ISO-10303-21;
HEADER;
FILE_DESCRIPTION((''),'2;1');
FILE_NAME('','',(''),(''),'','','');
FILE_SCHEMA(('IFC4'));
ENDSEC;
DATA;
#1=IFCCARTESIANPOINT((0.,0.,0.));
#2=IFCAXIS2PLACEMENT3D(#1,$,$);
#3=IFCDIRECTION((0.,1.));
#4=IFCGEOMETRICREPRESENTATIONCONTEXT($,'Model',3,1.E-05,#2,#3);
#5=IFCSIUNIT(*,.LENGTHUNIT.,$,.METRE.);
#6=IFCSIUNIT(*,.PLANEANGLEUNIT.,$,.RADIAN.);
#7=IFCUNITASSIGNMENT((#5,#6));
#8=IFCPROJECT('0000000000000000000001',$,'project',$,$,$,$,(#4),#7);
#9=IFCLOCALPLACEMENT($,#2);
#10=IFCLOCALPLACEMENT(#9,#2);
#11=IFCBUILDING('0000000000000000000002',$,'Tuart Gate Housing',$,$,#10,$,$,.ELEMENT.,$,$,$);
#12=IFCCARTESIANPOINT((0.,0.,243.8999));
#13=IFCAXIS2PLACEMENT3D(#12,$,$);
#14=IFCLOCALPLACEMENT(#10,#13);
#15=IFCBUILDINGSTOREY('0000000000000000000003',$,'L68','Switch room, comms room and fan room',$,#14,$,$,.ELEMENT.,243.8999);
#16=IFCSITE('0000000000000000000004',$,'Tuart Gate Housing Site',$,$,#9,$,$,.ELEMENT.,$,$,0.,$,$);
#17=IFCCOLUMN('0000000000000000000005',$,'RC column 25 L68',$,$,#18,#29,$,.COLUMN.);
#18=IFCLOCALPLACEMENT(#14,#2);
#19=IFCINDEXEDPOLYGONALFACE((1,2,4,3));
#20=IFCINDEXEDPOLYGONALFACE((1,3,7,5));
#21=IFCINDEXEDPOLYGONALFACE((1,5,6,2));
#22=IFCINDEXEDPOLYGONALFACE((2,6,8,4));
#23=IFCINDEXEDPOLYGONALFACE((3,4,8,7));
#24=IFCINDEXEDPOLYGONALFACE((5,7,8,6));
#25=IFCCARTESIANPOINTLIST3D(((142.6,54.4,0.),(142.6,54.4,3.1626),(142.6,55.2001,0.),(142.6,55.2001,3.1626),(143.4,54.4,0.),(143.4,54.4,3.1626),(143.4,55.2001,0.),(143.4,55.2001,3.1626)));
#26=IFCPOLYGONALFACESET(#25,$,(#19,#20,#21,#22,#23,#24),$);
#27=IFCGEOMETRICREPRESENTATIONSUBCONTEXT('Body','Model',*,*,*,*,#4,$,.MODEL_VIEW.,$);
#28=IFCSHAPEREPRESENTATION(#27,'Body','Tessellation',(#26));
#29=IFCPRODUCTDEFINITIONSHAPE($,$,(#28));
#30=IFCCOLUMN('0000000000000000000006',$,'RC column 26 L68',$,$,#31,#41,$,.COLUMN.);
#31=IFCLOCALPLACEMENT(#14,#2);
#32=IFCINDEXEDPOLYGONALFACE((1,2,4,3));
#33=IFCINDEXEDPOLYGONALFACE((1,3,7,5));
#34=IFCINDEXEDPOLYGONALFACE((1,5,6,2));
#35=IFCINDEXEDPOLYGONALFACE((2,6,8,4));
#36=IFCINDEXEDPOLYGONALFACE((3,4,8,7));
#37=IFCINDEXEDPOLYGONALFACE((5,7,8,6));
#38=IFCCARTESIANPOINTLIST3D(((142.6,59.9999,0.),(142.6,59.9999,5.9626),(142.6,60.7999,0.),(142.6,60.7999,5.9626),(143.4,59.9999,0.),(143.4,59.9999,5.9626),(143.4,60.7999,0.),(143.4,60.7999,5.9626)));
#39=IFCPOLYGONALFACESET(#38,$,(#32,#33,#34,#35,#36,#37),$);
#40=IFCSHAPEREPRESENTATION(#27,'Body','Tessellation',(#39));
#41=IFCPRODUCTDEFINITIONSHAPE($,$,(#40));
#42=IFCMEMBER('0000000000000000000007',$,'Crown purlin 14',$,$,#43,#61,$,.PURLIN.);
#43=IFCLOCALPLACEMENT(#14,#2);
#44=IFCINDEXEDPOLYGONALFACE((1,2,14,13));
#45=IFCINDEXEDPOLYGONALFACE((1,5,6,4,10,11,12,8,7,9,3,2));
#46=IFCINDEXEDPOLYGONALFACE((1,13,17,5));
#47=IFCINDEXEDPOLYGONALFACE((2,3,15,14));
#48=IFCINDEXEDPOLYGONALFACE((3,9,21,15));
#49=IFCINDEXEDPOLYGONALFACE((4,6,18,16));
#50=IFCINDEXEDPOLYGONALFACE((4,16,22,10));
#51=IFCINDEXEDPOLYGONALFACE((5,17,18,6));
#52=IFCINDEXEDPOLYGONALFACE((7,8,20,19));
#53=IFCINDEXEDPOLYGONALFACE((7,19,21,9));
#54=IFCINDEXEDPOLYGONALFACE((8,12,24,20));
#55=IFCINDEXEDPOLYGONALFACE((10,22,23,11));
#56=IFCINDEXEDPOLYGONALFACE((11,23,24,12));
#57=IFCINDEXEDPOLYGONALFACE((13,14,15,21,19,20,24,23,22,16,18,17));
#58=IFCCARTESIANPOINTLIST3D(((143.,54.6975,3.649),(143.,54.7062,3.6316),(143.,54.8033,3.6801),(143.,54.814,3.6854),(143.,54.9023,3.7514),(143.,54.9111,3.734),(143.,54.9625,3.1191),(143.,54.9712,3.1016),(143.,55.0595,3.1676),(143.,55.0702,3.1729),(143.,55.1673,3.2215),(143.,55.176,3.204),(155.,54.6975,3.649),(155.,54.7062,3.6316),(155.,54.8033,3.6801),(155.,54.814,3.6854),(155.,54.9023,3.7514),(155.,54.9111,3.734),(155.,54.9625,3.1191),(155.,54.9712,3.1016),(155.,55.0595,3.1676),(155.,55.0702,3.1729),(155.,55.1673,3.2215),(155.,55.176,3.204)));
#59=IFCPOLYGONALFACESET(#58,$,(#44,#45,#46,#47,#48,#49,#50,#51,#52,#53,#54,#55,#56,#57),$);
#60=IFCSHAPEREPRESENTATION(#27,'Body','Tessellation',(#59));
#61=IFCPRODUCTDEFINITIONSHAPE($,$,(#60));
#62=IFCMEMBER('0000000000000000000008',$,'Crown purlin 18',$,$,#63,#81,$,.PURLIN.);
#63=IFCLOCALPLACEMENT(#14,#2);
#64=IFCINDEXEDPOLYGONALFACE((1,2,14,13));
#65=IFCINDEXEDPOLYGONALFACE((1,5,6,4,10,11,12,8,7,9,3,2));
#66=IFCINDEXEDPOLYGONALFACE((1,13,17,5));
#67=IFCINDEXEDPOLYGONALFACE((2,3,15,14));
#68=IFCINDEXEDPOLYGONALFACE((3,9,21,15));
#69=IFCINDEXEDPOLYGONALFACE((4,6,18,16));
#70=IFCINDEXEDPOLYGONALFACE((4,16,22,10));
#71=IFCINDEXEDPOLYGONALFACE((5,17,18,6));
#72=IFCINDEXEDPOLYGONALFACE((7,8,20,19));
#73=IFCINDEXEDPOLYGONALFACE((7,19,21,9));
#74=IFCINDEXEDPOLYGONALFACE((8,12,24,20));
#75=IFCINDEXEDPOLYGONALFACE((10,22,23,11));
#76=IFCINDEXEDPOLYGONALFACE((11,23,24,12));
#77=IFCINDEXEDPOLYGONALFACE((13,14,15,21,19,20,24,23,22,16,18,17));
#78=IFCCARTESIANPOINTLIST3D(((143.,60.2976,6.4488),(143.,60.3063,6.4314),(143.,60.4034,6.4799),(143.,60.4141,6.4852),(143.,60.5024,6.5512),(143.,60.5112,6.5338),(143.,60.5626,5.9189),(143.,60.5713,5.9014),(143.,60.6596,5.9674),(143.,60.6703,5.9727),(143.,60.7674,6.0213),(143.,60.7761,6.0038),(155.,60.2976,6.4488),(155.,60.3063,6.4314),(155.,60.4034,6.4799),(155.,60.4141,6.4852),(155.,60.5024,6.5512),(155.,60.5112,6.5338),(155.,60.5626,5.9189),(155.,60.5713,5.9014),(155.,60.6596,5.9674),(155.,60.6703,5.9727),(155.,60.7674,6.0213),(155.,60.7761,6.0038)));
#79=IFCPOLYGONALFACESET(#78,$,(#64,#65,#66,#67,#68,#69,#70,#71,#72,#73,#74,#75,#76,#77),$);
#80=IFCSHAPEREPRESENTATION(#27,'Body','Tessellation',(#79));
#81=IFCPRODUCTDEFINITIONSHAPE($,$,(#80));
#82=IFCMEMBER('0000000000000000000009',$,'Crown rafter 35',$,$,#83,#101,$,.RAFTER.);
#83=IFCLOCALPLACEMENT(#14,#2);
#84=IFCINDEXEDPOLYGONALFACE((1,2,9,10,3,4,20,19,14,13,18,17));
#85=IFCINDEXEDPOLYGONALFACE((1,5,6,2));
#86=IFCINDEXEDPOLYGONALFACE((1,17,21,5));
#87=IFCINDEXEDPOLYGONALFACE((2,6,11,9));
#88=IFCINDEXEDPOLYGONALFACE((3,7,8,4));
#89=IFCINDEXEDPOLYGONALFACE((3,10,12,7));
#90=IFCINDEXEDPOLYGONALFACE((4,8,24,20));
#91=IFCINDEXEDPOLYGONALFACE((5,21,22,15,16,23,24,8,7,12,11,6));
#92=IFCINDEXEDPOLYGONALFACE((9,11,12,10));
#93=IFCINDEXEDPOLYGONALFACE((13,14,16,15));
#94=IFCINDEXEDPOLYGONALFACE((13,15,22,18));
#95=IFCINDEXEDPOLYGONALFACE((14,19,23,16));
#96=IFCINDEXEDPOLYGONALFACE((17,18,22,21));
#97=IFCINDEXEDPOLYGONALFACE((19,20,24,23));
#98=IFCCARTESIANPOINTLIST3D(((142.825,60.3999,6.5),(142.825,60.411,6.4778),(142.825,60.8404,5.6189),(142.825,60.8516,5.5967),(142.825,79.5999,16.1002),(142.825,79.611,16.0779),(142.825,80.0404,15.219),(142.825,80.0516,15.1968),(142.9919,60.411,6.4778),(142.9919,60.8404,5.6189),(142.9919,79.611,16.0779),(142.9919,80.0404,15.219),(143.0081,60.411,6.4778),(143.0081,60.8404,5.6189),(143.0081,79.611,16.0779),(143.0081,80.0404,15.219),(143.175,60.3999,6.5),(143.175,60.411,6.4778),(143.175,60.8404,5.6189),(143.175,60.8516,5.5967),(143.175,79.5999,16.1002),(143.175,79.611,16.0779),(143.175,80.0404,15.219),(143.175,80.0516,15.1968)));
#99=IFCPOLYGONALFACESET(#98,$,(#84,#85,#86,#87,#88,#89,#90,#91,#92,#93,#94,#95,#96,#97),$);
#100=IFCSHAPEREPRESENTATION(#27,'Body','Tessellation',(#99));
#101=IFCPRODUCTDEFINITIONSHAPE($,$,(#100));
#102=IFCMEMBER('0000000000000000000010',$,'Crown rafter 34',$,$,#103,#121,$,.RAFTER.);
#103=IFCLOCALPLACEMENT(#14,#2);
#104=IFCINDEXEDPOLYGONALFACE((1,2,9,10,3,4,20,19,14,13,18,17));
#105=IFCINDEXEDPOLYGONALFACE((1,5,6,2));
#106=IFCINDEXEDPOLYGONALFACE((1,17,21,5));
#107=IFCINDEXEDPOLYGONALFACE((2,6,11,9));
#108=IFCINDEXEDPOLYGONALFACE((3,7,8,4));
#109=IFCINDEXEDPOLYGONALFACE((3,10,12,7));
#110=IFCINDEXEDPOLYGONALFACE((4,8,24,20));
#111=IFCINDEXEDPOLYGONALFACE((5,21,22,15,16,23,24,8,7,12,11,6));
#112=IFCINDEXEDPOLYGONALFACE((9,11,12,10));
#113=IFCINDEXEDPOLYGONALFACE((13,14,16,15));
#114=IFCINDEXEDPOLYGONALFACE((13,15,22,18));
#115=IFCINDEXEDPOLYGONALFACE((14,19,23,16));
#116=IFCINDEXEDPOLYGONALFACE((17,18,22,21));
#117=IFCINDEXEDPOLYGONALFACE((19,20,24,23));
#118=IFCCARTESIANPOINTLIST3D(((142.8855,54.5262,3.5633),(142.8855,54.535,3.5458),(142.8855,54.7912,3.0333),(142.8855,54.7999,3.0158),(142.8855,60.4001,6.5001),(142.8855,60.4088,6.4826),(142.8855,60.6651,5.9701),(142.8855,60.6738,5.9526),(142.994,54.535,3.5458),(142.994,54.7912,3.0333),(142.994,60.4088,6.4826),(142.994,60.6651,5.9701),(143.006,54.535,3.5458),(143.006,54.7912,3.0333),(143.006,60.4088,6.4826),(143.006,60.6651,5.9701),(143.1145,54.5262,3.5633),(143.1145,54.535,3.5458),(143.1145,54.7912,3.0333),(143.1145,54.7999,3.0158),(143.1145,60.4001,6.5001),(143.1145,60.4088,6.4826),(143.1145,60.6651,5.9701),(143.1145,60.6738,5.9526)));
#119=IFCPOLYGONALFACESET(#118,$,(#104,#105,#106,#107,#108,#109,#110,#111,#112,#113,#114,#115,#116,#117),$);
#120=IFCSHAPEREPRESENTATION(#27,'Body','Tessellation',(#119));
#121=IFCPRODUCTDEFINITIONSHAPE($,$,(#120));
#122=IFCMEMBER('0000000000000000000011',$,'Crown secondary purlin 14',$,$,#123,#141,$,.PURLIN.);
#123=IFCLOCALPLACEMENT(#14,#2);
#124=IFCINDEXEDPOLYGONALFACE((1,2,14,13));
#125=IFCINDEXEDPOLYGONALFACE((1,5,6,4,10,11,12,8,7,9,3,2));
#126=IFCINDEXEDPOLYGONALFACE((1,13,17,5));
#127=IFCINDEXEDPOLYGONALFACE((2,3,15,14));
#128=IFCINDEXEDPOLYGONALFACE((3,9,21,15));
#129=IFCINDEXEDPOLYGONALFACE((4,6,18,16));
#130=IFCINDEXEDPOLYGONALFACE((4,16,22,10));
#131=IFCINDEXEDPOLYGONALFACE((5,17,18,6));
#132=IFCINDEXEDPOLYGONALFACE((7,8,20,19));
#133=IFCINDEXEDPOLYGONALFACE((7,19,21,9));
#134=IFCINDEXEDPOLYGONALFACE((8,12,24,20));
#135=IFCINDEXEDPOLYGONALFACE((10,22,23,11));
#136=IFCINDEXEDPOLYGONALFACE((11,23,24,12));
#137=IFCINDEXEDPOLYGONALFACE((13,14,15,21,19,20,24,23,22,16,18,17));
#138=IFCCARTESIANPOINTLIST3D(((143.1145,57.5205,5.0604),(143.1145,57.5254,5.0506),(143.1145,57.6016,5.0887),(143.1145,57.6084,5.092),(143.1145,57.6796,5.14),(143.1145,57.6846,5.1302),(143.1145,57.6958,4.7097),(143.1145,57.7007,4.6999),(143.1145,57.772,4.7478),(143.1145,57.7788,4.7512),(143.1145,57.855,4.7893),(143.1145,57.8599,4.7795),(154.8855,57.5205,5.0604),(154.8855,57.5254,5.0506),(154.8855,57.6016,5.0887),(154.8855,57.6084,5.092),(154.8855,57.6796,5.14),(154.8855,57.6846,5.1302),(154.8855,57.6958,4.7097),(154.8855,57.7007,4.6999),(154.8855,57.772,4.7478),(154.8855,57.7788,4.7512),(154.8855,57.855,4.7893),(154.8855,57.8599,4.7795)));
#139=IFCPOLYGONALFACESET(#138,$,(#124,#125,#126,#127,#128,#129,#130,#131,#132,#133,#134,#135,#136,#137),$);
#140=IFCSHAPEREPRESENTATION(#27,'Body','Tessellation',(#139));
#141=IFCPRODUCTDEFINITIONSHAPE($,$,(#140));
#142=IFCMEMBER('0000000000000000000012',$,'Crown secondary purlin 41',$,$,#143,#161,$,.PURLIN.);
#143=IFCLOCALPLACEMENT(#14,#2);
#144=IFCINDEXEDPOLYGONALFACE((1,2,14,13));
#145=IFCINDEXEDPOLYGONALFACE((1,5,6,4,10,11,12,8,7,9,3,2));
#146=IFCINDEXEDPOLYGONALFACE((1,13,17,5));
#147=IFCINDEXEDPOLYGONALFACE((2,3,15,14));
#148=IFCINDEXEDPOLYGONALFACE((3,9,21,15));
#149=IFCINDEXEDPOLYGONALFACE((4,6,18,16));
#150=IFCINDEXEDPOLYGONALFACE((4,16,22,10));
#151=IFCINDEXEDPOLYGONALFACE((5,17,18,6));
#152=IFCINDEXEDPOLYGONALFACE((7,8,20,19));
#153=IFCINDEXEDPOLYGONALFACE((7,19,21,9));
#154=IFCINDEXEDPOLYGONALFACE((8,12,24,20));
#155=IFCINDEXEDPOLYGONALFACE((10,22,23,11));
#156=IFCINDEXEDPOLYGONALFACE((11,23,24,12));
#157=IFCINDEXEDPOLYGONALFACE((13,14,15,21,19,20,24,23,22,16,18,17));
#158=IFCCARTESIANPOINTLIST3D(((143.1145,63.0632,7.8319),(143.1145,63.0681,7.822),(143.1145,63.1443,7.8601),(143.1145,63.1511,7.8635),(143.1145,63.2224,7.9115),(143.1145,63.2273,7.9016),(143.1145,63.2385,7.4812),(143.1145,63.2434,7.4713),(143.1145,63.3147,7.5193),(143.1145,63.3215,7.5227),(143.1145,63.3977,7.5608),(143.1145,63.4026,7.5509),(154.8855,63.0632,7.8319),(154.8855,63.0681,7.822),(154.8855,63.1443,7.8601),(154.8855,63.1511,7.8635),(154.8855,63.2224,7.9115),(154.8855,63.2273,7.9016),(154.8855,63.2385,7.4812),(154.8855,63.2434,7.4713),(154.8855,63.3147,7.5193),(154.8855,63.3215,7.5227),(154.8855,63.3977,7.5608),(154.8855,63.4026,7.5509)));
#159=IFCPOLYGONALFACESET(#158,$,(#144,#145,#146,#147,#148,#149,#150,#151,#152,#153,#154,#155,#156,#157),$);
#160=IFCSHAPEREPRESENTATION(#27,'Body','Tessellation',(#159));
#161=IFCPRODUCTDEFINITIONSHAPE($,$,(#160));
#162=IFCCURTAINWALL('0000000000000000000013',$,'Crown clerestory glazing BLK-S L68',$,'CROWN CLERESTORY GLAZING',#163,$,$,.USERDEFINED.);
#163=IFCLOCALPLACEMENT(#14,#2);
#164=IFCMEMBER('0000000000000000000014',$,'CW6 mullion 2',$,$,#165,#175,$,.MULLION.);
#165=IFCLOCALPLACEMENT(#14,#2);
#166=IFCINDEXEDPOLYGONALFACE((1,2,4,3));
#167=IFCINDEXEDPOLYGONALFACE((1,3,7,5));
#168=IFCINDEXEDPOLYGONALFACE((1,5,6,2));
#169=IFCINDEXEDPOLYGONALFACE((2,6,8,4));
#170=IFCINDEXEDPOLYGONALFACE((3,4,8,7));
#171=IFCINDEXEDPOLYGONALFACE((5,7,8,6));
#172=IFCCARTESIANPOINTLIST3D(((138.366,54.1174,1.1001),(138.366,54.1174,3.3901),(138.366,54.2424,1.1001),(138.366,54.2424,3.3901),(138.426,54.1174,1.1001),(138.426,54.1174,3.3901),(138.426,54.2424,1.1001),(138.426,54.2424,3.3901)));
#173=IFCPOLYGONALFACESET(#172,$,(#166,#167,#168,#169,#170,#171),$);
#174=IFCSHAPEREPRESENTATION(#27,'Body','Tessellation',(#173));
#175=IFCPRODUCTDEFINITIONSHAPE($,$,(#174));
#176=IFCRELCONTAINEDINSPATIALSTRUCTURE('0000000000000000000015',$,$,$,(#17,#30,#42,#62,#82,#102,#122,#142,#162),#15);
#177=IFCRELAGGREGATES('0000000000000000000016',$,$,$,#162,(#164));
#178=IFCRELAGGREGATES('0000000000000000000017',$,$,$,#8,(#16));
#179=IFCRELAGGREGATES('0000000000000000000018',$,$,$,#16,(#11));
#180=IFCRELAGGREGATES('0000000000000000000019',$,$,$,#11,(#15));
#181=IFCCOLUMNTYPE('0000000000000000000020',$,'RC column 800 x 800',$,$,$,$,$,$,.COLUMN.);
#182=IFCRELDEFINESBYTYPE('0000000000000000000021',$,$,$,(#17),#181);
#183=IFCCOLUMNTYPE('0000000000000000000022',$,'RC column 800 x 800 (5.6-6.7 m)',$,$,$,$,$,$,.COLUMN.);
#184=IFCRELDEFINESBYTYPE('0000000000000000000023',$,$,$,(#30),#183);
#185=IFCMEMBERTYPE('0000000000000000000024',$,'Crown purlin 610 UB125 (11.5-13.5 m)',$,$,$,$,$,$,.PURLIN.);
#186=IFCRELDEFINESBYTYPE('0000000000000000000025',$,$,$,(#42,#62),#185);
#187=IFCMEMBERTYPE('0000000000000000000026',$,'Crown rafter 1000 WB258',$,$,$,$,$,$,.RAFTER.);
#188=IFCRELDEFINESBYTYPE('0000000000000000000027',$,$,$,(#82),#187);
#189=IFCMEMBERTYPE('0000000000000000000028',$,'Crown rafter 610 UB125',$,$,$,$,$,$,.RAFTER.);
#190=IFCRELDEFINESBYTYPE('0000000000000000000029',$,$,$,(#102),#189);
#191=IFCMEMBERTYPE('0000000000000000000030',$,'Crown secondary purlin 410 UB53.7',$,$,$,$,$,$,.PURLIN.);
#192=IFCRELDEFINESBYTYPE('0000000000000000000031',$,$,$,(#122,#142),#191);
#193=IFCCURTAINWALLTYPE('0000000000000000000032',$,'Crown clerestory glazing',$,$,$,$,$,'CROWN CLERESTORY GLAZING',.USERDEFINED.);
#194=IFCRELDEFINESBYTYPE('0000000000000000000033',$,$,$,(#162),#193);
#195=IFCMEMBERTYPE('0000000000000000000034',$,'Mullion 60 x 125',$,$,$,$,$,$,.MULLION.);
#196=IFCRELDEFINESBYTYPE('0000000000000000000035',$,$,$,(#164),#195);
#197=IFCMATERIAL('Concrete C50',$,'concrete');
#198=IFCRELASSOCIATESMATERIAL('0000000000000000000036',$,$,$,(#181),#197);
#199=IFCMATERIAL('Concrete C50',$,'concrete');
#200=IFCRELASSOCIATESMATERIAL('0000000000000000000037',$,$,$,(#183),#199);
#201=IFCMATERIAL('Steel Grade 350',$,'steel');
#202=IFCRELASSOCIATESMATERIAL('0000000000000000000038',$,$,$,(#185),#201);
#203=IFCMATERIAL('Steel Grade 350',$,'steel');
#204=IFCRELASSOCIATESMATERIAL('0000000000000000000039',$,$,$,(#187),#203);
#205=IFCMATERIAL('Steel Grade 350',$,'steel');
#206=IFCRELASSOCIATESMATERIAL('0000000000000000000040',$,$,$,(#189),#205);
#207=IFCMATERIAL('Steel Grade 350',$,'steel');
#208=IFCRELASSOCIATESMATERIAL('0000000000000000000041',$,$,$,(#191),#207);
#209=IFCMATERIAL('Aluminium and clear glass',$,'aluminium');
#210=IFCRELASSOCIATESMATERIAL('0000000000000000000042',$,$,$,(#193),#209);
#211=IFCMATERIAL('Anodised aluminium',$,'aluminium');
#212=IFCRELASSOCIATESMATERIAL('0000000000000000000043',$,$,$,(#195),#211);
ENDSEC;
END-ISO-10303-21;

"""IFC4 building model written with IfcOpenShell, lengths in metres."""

from ifc_helpers import new_model, si_unit, direction, frame, origin, origin_2d, place, context, subcontext, project, spatial, rectangle, i_section, extrude, material, material_profile, profile_set, type_object, element, aggregate, save


model = new_model("IFC4")

# Units and contexts
model_context = context("Model", 3, precision=1e-05, world=origin(), true_north=direction((0.0, 1.0)))
body_context = subcontext(model_context, "Body", "Model", "MODEL_VIEW")
ifc_project = project(units=[si_unit("LENGTHUNIT", "METRE"), si_unit("PLANEANGLEUNIT", "RADIAN")], contexts=[model_context])

# Site, building, storey
site_placement = place(None, origin())
site = spatial("IfcSite", under=ifc_project, at=site_placement, Name="Tuart Gate Housing Site", CompositionType="ELEMENT", RefElevation=0.0)
building_placement = place(site_placement, origin())
building = spatial("IfcBuilding", under=site, at=building_placement, Name="Tuart Gate Housing", CompositionType="ELEMENT")
storey_placement = place(building_placement, frame((0.0, 0.0, 243.8999)))
storey = spatial("IfcBuildingStorey", under=building, at=storey_placement, Name="L68", Description="Switch room, comms room and fan room", CompositionType="ELEMENT", Elevation=243.8999)

# Columns
ifc_material_1 = material(Name="Concrete C50", Category="concrete")
ifc_material_profile_1 = material_profile(ifc_material_1, rectangle(XDim=0.8, YDim=0.8, at=origin_2d()), Name="RC column 800 x 800")
ifc_profile_set_1 = profile_set([ifc_material_profile_1], Name="Concrete C50")
column_type_1 = type_object("IfcColumnType", Name="RC column 800 x 800", PredefinedType="COLUMN", material=ifc_profile_set_1)
column_1_placement = place(storey_placement, frame((143.0, 54.8, 0.0), z_axis=(0.0, 0.0, 1.0), x_axis=(1.0, 0.0, 0.0)))
element("IfcColumn", 1, at=column_1_placement, inside=storey, type_object=column_type_1, Name="RC column 25 L68", PredefinedType="COLUMN", context=body_context, shape_type="SweptSolid", body=[
    extrude(rectangle(XDim=0.8, YDim=0.8, at=origin_2d()), origin(), (0.0, 0.0, 1.0), 3.1626),
])
ifc_material_2 = material(Name="Concrete C50", Category="concrete")
ifc_material_profile_2 = material_profile(ifc_material_2, rectangle(XDim=0.8, YDim=0.8, at=origin_2d()), Name="RC column 800 x 800 (5.6-6.7 m)")
ifc_profile_set_2 = profile_set([ifc_material_profile_2], Name="Concrete C50")
column_type_2 = type_object("IfcColumnType", Name="RC column 800 x 800 (5.6-6.7 m)", PredefinedType="COLUMN", material=ifc_profile_set_2)
column_2_placement = place(storey_placement, frame((143.0, 60.3999, 0.0), z_axis=(0.0, 0.0, 1.0), x_axis=(1.0, 0.0, 0.0)))
element("IfcColumn", 2, at=column_2_placement, inside=storey, type_object=column_type_2, Name="RC column 26 L68", PredefinedType="COLUMN", context=body_context, shape_type="SweptSolid", body=[
    extrude(rectangle(XDim=0.8, YDim=0.8, at=origin_2d()), origin(), (0.0, 0.0, 1.0), 5.9626),
])

# Members
ifc_material_3 = material(Name="Steel Grade 350", Category="steel")
ifc_material_profile_3 = material_profile(ifc_material_3, i_section(OverallWidth=0.229, OverallDepth=0.6121, WebThickness=0.012, FlangeThickness=0.0195, at=origin_2d()), Name="610UB125")
ifc_profile_set_3 = profile_set([ifc_material_profile_3], Name="Steel Grade 350")
member_type_1 = type_object("IfcMemberType", Name="Crown purlin 610 UB125 (11.5-13.5 m)", PredefinedType="PURLIN", material=ifc_profile_set_3)
for number, where, z_axis, x_axis, name in (
    (3, (143.0, 54.9368, 3.4265), (1.0, 0.0, 0.0), (0.0, 0.894427, 0.447214), "Crown purlin 14"),
    (4, (143.0, 60.5369, 6.2263), (1.0, 0.0, 0.0), (0.0, 0.894427, 0.447214), "Crown purlin 18"),
):
    element("IfcMember", number, at=place(storey_placement, frame(where, z_axis=z_axis, x_axis=x_axis)), inside=storey, type_object=member_type_1, Name=name, PredefinedType="PURLIN", context=body_context, shape_type="SweptSolid", body=[
        extrude(i_section(OverallWidth=0.229, OverallDepth=0.6121, WebThickness=0.012, FlangeThickness=0.0195, at=origin_2d()), origin(), (0.0, 0.0, 1.0), 12.0),
    ])
ifc_material_4 = material(Name="Steel Grade 350", Category="steel")
ifc_material_profile_4 = material_profile(ifc_material_4, i_section(OverallWidth=0.3501, OverallDepth=1.01, WebThickness=0.0161, FlangeThickness=0.0249, at=origin_2d()), Name="1000WB258")
ifc_profile_set_4 = profile_set([ifc_material_profile_4], Name="Steel Grade 350")
member_type_2 = type_object("IfcMemberType", Name="Crown rafter 1000 WB258", PredefinedType="RAFTER", material=ifc_profile_set_4)
member_1_placement = place(storey_placement, frame((143.0, 60.6257, 6.0483), z_axis=(0.0, 0.894425, 0.447218), x_axis=(-1.0, 0.0, 0.0)))
element("IfcMember", 5, at=member_1_placement, inside=storey, type_object=member_type_2, Name="Crown rafter 35", PredefinedType="RAFTER", context=body_context, shape_type="SweptSolid", body=[
    extrude(i_section(OverallWidth=0.3501, OverallDepth=1.01, WebThickness=0.0161, FlangeThickness=0.0249, at=origin_2d()), origin(), (0.0, 0.0, 1.0), 21.4663),
])
ifc_material_5 = material(Name="Steel Grade 350", Category="steel")
ifc_material_profile_5 = material_profile(ifc_material_5, i_section(OverallWidth=0.229, OverallDepth=0.6121, WebThickness=0.012, FlangeThickness=0.0195, at=origin_2d()), Name="610UB125")
ifc_profile_set_5 = profile_set([ifc_material_profile_5], Name="Steel Grade 350")
member_type_3 = type_object("IfcMemberType", Name="Crown rafter 610 UB125", PredefinedType="RAFTER", material=ifc_profile_set_5)
member_2_placement = place(storey_placement, frame((143.0, 54.6631, 3.2896), z_axis=(0.0, 0.894435, 0.447199), x_axis=(-1.0, 0.0, 0.0)))
element("IfcMember", 6, at=member_2_placement, inside=storey, type_object=member_type_3, Name="Crown rafter 34", PredefinedType="RAFTER", context=body_context, shape_type="SweptSolid", body=[
    extrude(i_section(OverallWidth=0.229, OverallDepth=0.6121, WebThickness=0.012, FlangeThickness=0.0195, at=origin_2d()), origin(), (0.0, 0.0, 1.0), 6.5671),
])
ifc_material_6 = material(Name="Steel Grade 350", Category="steel")
ifc_material_profile_6 = material_profile(ifc_material_6, i_section(OverallWidth=0.178, OverallDepth=0.4031, WebThickness=0.0076, FlangeThickness=0.011, at=origin_2d()), Name="410UB53.7")
ifc_profile_set_6 = profile_set([ifc_material_profile_6], Name="Steel Grade 350")
member_type_4 = type_object("IfcMemberType", Name="Crown secondary purlin 410 UB53.7", PredefinedType="PURLIN", material=ifc_profile_set_6)
for number, where, z_axis, x_axis, name in (
    (7, (143.1145, 57.6902, 4.9199), (1.0, 0.0, 0.0), (0.0, 0.894427, 0.447214), "Crown secondary purlin 14"),
    (8, (143.1145, 63.2329, 7.6914), (1.0, 0.0, 0.0), (0.0, 0.894427, 0.447214), "Crown secondary purlin 41"),
):
    element("IfcMember", number, at=place(storey_placement, frame(where, z_axis=z_axis, x_axis=x_axis)), inside=storey, type_object=member_type_4, Name=name, PredefinedType="PURLIN", context=body_context, shape_type="SweptSolid", body=[
        extrude(i_section(OverallWidth=0.178, OverallDepth=0.4031, WebThickness=0.0076, FlangeThickness=0.011, at=origin_2d()), origin(), (0.0, 0.0, 1.0), 11.771),
    ])

# Curtain wall, member
ifc_material_7 = material(Name="Aluminium and clear glass", Category="aluminium")
curtain_wall_type = type_object("IfcCurtainWallType", Name="Crown clerestory glazing", ElementType="CROWN CLERESTORY GLAZING", PredefinedType="USERDEFINED", material=ifc_material_7)
curtain_wall_placement = place(storey_placement, origin())
curtain_wall = element("IfcCurtainWall", 9, at=curtain_wall_placement, inside=storey, type_object=curtain_wall_type, Name="Crown clerestory glazing BLK-S L68", ObjectType="CROWN CLERESTORY GLAZING", PredefinedType="USERDEFINED")
ifc_material_8 = material(Name="Anodised aluminium", Category="aluminium")
ifc_material_profile_7 = material_profile(ifc_material_8, rectangle(XDim=0.0601, YDim=0.125, at=origin_2d()), Name="60x125")
ifc_profile_set_7 = profile_set([ifc_material_profile_7], Name="Anodised aluminium")
member_type_5 = type_object("IfcMemberType", Name="Mullion 60 x 125", PredefinedType="MULLION", material=ifc_profile_set_7)
member_3_placement = place(storey_placement, frame((138.396, 54.1799, 1.1001), z_axis=(0.0, 0.0, 1.0), x_axis=(1.0, 0.0, 0.0)))
member_3 = element("IfcMember", 10, at=member_3_placement, type_object=member_type_5, Name="CW6 mullion 2", PredefinedType="MULLION", context=body_context, shape_type="SweptSolid", body=[
    extrude(rectangle(XDim=0.0601, YDim=0.125, at=origin_2d()), origin(), (0.0, 0.0, 1.0), 2.29),
])
aggregate(curtain_wall, [member_3])

save(model, "model.ifc")
